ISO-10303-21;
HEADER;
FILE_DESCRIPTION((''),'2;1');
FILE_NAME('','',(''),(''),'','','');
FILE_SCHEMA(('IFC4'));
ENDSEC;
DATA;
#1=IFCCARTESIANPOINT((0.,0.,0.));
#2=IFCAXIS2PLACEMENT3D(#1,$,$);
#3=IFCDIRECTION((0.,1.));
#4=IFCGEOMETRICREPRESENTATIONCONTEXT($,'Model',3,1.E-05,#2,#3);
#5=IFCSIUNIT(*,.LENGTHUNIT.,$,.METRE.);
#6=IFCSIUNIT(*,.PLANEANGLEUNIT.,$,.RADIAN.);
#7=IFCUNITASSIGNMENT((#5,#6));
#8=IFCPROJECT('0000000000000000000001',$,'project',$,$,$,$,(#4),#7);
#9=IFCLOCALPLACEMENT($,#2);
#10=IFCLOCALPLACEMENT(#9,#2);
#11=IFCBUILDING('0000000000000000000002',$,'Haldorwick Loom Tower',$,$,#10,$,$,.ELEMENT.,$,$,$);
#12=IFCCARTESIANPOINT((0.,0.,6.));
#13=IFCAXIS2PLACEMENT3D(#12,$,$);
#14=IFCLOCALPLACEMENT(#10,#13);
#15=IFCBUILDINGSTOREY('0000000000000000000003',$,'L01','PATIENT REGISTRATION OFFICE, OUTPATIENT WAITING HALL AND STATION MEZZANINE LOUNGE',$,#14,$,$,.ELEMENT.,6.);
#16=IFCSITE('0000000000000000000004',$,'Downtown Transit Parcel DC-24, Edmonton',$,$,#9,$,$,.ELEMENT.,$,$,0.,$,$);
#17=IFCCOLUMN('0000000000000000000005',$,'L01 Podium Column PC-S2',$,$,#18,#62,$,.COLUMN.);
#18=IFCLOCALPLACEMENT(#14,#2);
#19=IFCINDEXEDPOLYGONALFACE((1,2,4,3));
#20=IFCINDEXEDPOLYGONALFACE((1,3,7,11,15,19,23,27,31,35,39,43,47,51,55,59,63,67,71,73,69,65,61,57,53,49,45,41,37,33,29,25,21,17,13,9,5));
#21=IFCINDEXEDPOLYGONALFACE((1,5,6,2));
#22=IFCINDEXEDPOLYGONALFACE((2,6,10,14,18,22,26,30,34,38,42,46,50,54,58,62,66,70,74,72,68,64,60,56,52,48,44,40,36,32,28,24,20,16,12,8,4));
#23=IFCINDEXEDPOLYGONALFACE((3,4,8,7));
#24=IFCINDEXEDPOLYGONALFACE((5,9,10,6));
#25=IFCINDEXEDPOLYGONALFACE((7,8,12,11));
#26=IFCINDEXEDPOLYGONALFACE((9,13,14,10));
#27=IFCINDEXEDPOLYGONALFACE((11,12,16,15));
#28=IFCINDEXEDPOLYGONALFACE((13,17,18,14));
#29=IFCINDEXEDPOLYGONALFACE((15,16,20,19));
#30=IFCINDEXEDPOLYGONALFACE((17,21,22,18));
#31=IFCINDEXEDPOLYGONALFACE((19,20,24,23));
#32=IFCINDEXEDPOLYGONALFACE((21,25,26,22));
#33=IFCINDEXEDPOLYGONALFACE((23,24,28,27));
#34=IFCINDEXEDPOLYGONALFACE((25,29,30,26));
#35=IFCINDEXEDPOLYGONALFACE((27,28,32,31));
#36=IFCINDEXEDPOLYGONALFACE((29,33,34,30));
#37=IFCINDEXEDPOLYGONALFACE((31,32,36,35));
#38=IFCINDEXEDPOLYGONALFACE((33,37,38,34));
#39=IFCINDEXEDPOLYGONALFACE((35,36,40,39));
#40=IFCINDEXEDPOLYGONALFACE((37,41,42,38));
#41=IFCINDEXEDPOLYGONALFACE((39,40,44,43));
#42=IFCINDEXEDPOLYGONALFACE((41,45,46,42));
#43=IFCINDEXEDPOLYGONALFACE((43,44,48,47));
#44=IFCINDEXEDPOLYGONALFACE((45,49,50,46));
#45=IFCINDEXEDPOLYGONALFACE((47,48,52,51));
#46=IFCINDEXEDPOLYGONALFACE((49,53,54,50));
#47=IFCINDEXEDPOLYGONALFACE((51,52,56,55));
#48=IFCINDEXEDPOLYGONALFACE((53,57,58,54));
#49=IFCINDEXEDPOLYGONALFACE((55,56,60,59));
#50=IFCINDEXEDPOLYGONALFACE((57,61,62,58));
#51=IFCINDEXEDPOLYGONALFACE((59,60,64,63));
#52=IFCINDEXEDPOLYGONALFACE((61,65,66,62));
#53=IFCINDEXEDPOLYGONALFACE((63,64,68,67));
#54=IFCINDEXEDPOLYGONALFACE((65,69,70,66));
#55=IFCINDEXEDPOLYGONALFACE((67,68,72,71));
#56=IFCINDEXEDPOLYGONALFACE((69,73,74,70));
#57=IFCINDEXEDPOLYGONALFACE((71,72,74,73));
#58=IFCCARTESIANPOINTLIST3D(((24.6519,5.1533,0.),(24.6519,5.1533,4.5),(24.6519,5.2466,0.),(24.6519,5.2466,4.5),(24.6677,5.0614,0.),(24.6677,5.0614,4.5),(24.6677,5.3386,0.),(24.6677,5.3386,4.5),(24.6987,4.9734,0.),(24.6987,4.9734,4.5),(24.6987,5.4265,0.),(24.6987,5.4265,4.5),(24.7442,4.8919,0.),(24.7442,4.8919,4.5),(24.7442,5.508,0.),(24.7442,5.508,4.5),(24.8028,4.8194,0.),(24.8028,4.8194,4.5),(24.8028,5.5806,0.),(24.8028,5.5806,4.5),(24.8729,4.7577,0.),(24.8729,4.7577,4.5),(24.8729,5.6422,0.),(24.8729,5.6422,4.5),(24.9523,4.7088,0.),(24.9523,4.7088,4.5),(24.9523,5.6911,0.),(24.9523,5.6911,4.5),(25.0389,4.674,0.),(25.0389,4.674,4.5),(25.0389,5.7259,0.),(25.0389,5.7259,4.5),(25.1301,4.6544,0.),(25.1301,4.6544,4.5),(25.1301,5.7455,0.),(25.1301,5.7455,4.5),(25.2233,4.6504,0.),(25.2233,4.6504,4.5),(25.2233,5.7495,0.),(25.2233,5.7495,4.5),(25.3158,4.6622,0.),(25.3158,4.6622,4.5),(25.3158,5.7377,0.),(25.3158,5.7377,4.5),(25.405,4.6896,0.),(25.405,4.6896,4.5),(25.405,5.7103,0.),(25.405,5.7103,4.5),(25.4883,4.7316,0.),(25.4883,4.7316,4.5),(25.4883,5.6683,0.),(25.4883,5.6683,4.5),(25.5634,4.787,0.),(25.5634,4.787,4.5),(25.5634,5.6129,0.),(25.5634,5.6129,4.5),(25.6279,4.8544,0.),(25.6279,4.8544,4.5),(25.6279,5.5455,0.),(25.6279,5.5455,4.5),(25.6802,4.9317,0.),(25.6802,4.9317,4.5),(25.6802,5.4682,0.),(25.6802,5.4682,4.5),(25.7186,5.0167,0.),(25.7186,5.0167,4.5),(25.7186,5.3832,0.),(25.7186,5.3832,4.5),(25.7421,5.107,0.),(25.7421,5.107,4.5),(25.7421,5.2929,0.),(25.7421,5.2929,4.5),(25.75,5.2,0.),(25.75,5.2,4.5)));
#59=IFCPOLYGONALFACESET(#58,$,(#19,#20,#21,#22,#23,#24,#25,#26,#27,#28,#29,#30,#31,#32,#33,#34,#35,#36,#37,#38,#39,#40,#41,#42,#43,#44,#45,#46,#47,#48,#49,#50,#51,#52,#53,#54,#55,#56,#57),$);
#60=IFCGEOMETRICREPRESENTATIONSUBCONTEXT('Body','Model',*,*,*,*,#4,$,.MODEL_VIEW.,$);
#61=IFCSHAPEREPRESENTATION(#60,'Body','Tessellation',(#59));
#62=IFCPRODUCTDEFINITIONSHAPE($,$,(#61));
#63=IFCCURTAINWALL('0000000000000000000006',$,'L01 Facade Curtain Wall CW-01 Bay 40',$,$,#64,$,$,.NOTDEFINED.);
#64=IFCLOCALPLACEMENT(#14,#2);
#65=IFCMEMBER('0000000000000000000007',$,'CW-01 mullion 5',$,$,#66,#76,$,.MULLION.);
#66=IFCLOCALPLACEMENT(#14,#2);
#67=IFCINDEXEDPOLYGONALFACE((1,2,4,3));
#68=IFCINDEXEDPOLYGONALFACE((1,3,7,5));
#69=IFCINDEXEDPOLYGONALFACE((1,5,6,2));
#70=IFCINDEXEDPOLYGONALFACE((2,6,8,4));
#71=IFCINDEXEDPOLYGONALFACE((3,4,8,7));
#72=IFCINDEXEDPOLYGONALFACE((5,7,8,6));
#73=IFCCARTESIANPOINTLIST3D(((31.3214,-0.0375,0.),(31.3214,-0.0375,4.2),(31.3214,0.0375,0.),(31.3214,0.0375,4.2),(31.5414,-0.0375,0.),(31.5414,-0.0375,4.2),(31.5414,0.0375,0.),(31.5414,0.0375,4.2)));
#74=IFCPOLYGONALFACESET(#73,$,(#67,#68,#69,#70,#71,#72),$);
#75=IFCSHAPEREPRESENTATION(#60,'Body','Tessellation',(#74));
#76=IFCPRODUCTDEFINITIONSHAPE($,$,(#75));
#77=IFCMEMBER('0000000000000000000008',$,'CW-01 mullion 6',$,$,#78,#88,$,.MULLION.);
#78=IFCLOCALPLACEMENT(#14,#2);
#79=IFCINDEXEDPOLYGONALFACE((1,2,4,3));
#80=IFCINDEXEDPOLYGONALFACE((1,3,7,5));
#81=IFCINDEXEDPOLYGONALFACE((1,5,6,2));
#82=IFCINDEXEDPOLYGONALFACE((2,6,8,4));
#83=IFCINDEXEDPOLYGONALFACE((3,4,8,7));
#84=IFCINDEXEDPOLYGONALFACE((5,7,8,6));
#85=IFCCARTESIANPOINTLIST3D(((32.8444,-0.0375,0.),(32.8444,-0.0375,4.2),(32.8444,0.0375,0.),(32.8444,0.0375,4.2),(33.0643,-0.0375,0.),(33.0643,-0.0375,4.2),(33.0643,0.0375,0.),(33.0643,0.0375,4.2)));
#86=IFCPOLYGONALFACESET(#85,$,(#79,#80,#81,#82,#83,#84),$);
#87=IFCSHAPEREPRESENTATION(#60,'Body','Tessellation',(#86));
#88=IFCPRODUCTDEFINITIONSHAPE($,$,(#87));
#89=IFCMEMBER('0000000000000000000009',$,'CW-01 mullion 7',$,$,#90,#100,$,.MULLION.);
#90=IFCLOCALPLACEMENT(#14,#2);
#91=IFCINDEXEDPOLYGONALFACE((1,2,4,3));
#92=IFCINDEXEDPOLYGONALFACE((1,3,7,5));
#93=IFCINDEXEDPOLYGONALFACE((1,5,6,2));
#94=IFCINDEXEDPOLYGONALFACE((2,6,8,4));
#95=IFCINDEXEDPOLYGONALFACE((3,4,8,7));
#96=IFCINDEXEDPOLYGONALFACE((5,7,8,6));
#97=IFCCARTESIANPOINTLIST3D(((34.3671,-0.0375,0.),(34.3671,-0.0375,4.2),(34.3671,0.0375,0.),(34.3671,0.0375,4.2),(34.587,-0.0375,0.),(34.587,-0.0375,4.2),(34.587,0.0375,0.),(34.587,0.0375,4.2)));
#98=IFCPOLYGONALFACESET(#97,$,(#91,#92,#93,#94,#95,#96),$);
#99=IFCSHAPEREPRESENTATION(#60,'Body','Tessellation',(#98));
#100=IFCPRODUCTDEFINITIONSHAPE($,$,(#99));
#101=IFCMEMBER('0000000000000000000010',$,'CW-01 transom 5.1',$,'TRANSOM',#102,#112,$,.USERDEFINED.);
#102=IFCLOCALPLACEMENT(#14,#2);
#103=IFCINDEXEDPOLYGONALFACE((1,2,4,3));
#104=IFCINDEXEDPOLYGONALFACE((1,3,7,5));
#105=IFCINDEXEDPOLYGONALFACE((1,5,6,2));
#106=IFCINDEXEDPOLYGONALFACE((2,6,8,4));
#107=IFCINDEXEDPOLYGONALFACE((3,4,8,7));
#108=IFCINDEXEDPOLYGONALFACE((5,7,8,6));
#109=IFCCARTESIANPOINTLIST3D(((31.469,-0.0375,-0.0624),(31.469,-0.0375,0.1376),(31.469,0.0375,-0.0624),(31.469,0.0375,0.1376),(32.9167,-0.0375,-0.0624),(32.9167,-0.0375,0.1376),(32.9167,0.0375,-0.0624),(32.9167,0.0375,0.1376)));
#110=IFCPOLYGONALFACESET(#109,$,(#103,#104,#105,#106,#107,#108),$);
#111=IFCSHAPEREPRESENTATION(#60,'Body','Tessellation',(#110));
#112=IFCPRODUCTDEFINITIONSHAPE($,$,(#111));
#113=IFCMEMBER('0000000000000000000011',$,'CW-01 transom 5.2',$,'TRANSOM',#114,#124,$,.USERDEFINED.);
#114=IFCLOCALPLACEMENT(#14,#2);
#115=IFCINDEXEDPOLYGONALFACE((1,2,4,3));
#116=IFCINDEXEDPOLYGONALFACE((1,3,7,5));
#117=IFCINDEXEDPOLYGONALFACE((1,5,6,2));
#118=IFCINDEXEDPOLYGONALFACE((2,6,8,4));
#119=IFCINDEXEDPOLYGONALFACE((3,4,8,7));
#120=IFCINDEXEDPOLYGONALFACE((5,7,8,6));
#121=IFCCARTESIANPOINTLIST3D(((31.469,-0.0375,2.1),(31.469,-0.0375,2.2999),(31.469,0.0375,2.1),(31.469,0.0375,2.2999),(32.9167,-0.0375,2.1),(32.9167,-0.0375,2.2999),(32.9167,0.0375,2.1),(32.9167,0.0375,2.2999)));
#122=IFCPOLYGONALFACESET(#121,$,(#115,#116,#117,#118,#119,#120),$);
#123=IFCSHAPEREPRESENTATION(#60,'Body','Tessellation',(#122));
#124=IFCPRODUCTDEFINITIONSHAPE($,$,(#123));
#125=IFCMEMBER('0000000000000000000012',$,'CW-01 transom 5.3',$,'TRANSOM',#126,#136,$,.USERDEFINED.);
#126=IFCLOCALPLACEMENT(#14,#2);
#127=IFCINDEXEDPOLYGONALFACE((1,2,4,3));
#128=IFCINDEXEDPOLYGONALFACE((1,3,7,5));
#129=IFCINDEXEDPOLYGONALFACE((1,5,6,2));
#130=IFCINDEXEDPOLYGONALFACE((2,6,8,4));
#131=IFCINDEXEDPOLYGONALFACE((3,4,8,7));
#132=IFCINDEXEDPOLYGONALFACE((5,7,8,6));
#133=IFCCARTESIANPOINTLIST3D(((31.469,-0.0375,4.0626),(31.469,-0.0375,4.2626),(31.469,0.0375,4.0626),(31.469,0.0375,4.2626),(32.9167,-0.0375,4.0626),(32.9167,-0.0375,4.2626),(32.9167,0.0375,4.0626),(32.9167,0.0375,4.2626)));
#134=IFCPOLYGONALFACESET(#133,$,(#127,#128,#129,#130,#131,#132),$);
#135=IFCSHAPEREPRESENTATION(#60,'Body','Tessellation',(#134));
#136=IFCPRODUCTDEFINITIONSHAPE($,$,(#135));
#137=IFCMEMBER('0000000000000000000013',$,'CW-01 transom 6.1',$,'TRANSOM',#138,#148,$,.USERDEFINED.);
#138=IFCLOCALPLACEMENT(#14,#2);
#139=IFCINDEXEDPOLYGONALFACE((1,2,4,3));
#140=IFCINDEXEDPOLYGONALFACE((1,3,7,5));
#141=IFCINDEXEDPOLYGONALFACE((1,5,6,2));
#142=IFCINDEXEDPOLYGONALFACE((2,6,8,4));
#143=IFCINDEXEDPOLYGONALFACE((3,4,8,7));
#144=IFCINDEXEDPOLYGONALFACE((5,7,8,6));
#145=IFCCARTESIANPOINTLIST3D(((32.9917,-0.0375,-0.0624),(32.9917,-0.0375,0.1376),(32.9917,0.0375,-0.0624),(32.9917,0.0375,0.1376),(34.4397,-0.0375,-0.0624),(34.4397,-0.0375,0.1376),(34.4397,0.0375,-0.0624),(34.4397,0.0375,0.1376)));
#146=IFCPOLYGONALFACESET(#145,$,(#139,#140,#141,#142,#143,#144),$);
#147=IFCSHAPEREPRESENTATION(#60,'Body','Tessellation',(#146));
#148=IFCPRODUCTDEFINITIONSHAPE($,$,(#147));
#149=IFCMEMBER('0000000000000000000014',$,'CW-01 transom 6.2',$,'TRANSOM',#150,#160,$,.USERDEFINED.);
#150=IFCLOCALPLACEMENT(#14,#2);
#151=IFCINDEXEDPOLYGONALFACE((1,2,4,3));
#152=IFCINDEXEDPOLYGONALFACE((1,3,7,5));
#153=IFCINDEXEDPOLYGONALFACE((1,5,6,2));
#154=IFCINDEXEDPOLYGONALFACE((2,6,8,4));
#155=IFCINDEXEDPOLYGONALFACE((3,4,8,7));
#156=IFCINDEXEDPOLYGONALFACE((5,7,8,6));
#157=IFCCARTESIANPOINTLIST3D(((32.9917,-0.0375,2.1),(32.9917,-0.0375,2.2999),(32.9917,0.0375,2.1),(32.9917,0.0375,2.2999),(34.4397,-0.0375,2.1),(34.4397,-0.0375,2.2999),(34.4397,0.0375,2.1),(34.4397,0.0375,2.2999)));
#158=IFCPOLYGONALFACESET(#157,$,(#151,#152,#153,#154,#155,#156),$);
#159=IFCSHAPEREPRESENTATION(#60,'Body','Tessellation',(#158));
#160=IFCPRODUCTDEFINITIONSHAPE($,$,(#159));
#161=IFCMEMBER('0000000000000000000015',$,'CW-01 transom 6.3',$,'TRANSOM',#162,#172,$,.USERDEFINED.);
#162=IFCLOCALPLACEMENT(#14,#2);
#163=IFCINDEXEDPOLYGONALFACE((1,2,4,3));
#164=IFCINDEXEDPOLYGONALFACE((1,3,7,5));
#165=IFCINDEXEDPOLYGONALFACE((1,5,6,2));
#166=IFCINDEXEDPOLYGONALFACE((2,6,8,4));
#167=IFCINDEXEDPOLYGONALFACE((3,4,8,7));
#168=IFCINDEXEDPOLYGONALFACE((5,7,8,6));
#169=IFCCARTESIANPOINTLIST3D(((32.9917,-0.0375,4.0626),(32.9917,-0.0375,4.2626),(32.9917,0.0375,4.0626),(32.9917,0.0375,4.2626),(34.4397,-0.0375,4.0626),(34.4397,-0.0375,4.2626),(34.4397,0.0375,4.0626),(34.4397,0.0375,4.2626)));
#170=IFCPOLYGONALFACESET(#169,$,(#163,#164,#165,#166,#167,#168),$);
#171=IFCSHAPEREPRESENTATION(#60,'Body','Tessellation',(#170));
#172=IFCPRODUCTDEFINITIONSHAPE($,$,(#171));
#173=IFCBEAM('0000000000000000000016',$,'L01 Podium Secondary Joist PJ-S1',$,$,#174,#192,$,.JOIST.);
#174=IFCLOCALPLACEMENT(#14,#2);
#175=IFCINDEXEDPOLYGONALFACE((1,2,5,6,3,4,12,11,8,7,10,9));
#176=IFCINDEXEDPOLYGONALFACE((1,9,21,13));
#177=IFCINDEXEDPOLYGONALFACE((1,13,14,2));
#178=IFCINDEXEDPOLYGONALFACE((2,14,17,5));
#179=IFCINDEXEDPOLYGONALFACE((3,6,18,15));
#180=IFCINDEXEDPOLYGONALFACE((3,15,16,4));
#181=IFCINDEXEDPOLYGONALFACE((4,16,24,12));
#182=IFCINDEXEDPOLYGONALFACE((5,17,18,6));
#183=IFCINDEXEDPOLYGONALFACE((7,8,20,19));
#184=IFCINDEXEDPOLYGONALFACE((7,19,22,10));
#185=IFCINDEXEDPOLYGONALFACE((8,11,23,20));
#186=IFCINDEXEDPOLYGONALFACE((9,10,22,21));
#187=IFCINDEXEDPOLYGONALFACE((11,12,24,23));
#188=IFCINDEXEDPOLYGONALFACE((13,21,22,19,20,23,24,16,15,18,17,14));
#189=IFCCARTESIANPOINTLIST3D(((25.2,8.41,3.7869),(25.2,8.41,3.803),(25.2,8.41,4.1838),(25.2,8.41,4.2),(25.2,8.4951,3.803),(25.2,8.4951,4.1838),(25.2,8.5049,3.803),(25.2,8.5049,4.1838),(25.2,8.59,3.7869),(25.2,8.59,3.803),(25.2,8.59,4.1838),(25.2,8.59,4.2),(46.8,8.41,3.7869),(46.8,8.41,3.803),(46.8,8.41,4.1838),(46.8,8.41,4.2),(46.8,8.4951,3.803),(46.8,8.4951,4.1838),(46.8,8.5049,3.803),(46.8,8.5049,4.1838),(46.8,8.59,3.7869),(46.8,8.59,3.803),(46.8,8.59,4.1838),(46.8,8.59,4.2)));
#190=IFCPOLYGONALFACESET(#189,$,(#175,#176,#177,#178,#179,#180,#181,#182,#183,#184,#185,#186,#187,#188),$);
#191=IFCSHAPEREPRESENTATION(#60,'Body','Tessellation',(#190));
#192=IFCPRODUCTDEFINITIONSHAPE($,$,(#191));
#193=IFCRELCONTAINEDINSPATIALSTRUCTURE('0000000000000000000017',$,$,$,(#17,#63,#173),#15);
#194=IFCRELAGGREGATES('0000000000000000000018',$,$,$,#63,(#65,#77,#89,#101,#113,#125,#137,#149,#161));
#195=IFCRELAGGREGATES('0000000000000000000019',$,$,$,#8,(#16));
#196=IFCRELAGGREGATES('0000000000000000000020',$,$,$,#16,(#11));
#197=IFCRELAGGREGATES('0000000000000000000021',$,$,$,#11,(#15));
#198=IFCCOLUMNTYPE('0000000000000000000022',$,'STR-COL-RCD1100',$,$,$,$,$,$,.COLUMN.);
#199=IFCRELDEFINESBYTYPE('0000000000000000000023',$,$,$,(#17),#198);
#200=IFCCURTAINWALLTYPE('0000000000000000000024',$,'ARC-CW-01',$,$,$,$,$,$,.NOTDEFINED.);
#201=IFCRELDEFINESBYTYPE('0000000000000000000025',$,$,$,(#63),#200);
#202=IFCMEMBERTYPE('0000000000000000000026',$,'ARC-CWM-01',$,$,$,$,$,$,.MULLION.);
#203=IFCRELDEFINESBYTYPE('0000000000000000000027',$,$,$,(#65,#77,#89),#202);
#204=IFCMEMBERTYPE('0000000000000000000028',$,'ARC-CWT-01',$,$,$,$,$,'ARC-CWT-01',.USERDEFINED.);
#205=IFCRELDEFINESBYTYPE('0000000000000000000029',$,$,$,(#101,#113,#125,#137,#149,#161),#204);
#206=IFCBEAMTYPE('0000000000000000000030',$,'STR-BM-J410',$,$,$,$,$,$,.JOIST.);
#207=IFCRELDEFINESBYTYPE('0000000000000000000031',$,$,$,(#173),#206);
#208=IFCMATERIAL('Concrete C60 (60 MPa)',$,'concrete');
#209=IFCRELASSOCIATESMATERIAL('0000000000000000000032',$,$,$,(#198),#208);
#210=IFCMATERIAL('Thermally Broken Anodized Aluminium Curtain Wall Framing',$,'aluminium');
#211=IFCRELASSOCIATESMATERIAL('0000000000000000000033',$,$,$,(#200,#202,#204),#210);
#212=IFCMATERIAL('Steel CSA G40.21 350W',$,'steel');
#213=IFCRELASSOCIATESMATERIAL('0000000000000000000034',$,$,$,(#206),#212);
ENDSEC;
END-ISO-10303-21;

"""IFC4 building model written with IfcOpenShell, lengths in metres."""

from ifc_helpers import new_model, si_unit, direction, frame, origin, origin_2d, place, context, subcontext, project, spatial, rectangle, circle, i_section, extrude, material, material_profile, profile_set, type_object, element, aggregate, save


model = new_model("IFC4")

# Units and contexts
model_context = context("Model", 3, precision=1e-05, world=origin(), true_north=direction((0.0, 1.0)))
body_context = subcontext(model_context, "Body", "Model", "MODEL_VIEW")
ifc_project = project(units=[si_unit("LENGTHUNIT", "METRE"), si_unit("PLANEANGLEUNIT", "RADIAN")], contexts=[model_context])

# Site, building, storey
site_placement = place(None, origin())
site = spatial("IfcSite", under=ifc_project, at=site_placement, Name="Downtown Transit Parcel DC-24, Edmonton", CompositionType="ELEMENT", RefElevation=0.0)
building_placement = place(site_placement, origin())
building = spatial("IfcBuilding", under=site, at=building_placement, Name="Haldorwick Loom Tower", CompositionType="ELEMENT")
storey_placement = place(building_placement, frame((0.0, 0.0, 6.0)))
storey = spatial("IfcBuildingStorey", under=building, at=storey_placement, Name="L01", Description="PATIENT REGISTRATION OFFICE, OUTPATIENT WAITING HALL AND STATION MEZZANINE LOUNGE", CompositionType="ELEMENT", Elevation=6.0)

# Column
ifc_material_1 = material(Name="Concrete C60 (60 MPa)", Category="concrete")
ifc_material_profile_1 = material_profile(ifc_material_1, circle(Radius=0.55, at=origin_2d()), Name="RCD1100", Category="concrete")
ifc_profile_set_1 = profile_set([ifc_material_profile_1], Name="Concrete C60 (60 MPa)")
column_type = type_object("IfcColumnType", Name="STR-COL-RCD1100", PredefinedType="COLUMN", material=ifc_profile_set_1)
column_placement = place(storey_placement, frame((25.2, 5.2, 0.0), z_axis=(0.0, 0.0, 1.0), x_axis=(1.0, 0.0, 0.0)))
element("IfcColumn", 1, at=column_placement, inside=storey, type_object=column_type, Name="L01 Podium Column PC-S2", PredefinedType="COLUMN", context=body_context, shape_type="SweptSolid", body=[
    extrude(circle(Radius=0.55, at=origin_2d()), origin(), (0.0, 0.0, 1.0), 4.5),
])

# Curtain wall, members
ifc_material_2 = material(Name="Thermally Broken Anodized Aluminium Curtain Wall Framing", Category="aluminium")
curtain_wall_type = type_object("IfcCurtainWallType", Name="ARC-CW-01", PredefinedType="NOTDEFINED", material=ifc_material_2)
curtain_wall_placement = place(storey_placement, origin())
curtain_wall = element("IfcCurtainWall", 2, at=curtain_wall_placement, inside=storey, type_object=curtain_wall_type, Name="L01 Facade Curtain Wall CW-01 Bay 40", PredefinedType="NOTDEFINED")
ifc_material_profile_2 = material_profile(ifc_material_2, rectangle(XDim=0.075, YDim=0.22, at=origin_2d()), Name="ALU_MUL_75X220", Category="aluminium")
ifc_profile_set_2 = profile_set([ifc_material_profile_2], Name="Thermally Broken Anodized Aluminium Curtain Wall Framing")
member_type_1 = type_object("IfcMemberType", Name="ARC-CWM-01", PredefinedType="MULLION", material=ifc_profile_set_2)
member_1_placement = place(storey_placement, frame((31.4314, 0.0, 0.0), z_axis=(0.0, 0.0, 1.0), x_axis=(0.0, 1.0, 0.0)))
member_1 = element("IfcMember", 3, at=member_1_placement, type_object=member_type_1, Name="CW-01 mullion 5", PredefinedType="MULLION", context=body_context, shape_type="SweptSolid", body=[
    extrude(rectangle(XDim=0.075, YDim=0.22, at=origin_2d()), origin(), (0.0, 0.0, 1.0), 4.2),
])
member_2_placement = place(storey_placement, frame((32.9543, 0.0, 0.0), z_axis=(0.0, 0.0, 1.0), x_axis=(0.0, 1.0, 0.0)))
member_2 = element("IfcMember", 4, at=member_2_placement, type_object=member_type_1, Name="CW-01 mullion 6", PredefinedType="MULLION", context=body_context, shape_type="SweptSolid", body=[
    extrude(rectangle(XDim=0.075, YDim=0.22, at=origin_2d()), origin(), (0.0, 0.0, 1.0), 4.2),
])
member_3_placement = place(storey_placement, frame((34.4771, 0.0, 0.0), z_axis=(0.0, 0.0, 1.0), x_axis=(0.0, 1.0, 0.0)))
member_3 = element("IfcMember", 5, at=member_3_placement, type_object=member_type_1, Name="CW-01 mullion 7", PredefinedType="MULLION", context=body_context, shape_type="SweptSolid", body=[
    extrude(rectangle(XDim=0.075, YDim=0.22, at=origin_2d()), origin(), (0.0, 0.0, 1.0), 4.2),
])
ifc_material_profile_3 = material_profile(ifc_material_2, rectangle(XDim=0.075, YDim=0.2, at=origin_2d()), Name="ALU_TRN_75X200", Category="aluminium")
ifc_profile_set_3 = profile_set([ifc_material_profile_3], Name="Thermally Broken Anodized Aluminium Curtain Wall Framing")
member_type_2 = type_object("IfcMemberType", Name="ARC-CWT-01", ElementType="ARC-CWT-01", PredefinedType="USERDEFINED", material=ifc_profile_set_3)
member_4_placement = place(storey_placement, frame((31.469, 0.0, 0.0376), z_axis=(1.0, 0.0, 0.0), x_axis=(0.0, 1.0, 0.0)))
member_4 = element("IfcMember", 6, at=member_4_placement, type_object=member_type_2, Name="CW-01 transom 5.1", ObjectType="TRANSOM", PredefinedType="USERDEFINED", context=body_context, shape_type="SweptSolid", body=[
    extrude(rectangle(XDim=0.075, YDim=0.2, at=origin_2d()), origin(), (0.0, 0.0, 1.0), 1.4478),
])
member_5_placement = place(storey_placement, frame((31.469, 0.0, 2.2), z_axis=(1.0, 0.0, 0.0), x_axis=(0.0, 1.0, 0.0)))
member_5 = element("IfcMember", 7, at=member_5_placement, type_object=member_type_2, Name="CW-01 transom 5.2", ObjectType="TRANSOM", PredefinedType="USERDEFINED", context=body_context, shape_type="SweptSolid", body=[
    extrude(rectangle(XDim=0.075, YDim=0.2, at=origin_2d()), origin(), (0.0, 0.0, 1.0), 1.4478),
])
member_6_placement = place(storey_placement, frame((31.469, 0.0, 4.1626), z_axis=(1.0, 0.0, 0.0), x_axis=(0.0, 1.0, 0.0)))
member_6 = element("IfcMember", 8, at=member_6_placement, type_object=member_type_2, Name="CW-01 transom 5.3", ObjectType="TRANSOM", PredefinedType="USERDEFINED", context=body_context, shape_type="SweptSolid", body=[
    extrude(rectangle(XDim=0.075, YDim=0.2, at=origin_2d()), origin(), (0.0, 0.0, 1.0), 1.4478),
])
member_7_placement = place(storey_placement, frame((32.9917, 0.0, 0.0376), z_axis=(1.0, 0.0, 0.0), x_axis=(0.0, 1.0, 0.0)))
member_7 = element("IfcMember", 9, at=member_7_placement, type_object=member_type_2, Name="CW-01 transom 6.1", ObjectType="TRANSOM", PredefinedType="USERDEFINED", context=body_context, shape_type="SweptSolid", body=[
    extrude(rectangle(XDim=0.075, YDim=0.2, at=origin_2d()), origin(), (0.0, 0.0, 1.0), 1.448),
])
member_8_placement = place(storey_placement, frame((32.9917, 0.0, 2.2), z_axis=(1.0, 0.0, 0.0), x_axis=(0.0, 1.0, 0.0)))
member_8 = element("IfcMember", 10, at=member_8_placement, type_object=member_type_2, Name="CW-01 transom 6.2", ObjectType="TRANSOM", PredefinedType="USERDEFINED", context=body_context, shape_type="SweptSolid", body=[
    extrude(rectangle(XDim=0.075, YDim=0.2, at=origin_2d()), origin(), (0.0, 0.0, 1.0), 1.448),
])
member_9_placement = place(storey_placement, frame((32.9917, 0.0, 4.1626), z_axis=(1.0, 0.0, 0.0), x_axis=(0.0, 1.0, 0.0)))
member_9 = element("IfcMember", 11, at=member_9_placement, type_object=member_type_2, Name="CW-01 transom 6.3", ObjectType="TRANSOM", PredefinedType="USERDEFINED", context=body_context, shape_type="SweptSolid", body=[
    extrude(rectangle(XDim=0.075, YDim=0.2, at=origin_2d()), origin(), (0.0, 0.0, 1.0), 1.448),
])

# Beam
ifc_material_3 = material(Name="Steel CSA G40.21 350W", Category="steel")
ifc_material_profile_4 = material_profile(ifc_material_3, i_section(OverallWidth=0.1799, OverallDepth=0.4131, WebThickness=0.0098, FlangeThickness=0.0161, at=origin_2d()), Name="W410X74", Category="steel")
ifc_profile_set_4 = profile_set([ifc_material_profile_4], Name="Steel CSA G40.21 350W")
beam_type_1 = type_object("IfcBeamType", Name="STR-BM-J410", PredefinedType="JOIST", material=ifc_profile_set_4)
for number, where, z_axis, x_axis, name in (
    (12, (25.2, 8.5, 3.9934), (1.0, 0.0, 0.0), (0.0, 1.0, 0.0), "L01 Podium Secondary Joist PJ-S1"),
):
    element("IfcBeam", number, at=place(storey_placement, frame(where, z_axis=z_axis, x_axis=x_axis)), inside=storey, type_object=beam_type_1, Name=name, PredefinedType="JOIST", context=body_context, shape_type="SweptSolid", body=[
        extrude(i_section(OverallWidth=0.1799, OverallDepth=0.4131, WebThickness=0.0098, FlangeThickness=0.0161, at=origin_2d()), origin(), (0.0, 0.0, 1.0), 21.6001),
    ])

aggregate(curtain_wall, [member_1, member_2, member_3, member_4, member_5, member_6, member_7, member_8, member_9])

save(model, "model.ifc")
